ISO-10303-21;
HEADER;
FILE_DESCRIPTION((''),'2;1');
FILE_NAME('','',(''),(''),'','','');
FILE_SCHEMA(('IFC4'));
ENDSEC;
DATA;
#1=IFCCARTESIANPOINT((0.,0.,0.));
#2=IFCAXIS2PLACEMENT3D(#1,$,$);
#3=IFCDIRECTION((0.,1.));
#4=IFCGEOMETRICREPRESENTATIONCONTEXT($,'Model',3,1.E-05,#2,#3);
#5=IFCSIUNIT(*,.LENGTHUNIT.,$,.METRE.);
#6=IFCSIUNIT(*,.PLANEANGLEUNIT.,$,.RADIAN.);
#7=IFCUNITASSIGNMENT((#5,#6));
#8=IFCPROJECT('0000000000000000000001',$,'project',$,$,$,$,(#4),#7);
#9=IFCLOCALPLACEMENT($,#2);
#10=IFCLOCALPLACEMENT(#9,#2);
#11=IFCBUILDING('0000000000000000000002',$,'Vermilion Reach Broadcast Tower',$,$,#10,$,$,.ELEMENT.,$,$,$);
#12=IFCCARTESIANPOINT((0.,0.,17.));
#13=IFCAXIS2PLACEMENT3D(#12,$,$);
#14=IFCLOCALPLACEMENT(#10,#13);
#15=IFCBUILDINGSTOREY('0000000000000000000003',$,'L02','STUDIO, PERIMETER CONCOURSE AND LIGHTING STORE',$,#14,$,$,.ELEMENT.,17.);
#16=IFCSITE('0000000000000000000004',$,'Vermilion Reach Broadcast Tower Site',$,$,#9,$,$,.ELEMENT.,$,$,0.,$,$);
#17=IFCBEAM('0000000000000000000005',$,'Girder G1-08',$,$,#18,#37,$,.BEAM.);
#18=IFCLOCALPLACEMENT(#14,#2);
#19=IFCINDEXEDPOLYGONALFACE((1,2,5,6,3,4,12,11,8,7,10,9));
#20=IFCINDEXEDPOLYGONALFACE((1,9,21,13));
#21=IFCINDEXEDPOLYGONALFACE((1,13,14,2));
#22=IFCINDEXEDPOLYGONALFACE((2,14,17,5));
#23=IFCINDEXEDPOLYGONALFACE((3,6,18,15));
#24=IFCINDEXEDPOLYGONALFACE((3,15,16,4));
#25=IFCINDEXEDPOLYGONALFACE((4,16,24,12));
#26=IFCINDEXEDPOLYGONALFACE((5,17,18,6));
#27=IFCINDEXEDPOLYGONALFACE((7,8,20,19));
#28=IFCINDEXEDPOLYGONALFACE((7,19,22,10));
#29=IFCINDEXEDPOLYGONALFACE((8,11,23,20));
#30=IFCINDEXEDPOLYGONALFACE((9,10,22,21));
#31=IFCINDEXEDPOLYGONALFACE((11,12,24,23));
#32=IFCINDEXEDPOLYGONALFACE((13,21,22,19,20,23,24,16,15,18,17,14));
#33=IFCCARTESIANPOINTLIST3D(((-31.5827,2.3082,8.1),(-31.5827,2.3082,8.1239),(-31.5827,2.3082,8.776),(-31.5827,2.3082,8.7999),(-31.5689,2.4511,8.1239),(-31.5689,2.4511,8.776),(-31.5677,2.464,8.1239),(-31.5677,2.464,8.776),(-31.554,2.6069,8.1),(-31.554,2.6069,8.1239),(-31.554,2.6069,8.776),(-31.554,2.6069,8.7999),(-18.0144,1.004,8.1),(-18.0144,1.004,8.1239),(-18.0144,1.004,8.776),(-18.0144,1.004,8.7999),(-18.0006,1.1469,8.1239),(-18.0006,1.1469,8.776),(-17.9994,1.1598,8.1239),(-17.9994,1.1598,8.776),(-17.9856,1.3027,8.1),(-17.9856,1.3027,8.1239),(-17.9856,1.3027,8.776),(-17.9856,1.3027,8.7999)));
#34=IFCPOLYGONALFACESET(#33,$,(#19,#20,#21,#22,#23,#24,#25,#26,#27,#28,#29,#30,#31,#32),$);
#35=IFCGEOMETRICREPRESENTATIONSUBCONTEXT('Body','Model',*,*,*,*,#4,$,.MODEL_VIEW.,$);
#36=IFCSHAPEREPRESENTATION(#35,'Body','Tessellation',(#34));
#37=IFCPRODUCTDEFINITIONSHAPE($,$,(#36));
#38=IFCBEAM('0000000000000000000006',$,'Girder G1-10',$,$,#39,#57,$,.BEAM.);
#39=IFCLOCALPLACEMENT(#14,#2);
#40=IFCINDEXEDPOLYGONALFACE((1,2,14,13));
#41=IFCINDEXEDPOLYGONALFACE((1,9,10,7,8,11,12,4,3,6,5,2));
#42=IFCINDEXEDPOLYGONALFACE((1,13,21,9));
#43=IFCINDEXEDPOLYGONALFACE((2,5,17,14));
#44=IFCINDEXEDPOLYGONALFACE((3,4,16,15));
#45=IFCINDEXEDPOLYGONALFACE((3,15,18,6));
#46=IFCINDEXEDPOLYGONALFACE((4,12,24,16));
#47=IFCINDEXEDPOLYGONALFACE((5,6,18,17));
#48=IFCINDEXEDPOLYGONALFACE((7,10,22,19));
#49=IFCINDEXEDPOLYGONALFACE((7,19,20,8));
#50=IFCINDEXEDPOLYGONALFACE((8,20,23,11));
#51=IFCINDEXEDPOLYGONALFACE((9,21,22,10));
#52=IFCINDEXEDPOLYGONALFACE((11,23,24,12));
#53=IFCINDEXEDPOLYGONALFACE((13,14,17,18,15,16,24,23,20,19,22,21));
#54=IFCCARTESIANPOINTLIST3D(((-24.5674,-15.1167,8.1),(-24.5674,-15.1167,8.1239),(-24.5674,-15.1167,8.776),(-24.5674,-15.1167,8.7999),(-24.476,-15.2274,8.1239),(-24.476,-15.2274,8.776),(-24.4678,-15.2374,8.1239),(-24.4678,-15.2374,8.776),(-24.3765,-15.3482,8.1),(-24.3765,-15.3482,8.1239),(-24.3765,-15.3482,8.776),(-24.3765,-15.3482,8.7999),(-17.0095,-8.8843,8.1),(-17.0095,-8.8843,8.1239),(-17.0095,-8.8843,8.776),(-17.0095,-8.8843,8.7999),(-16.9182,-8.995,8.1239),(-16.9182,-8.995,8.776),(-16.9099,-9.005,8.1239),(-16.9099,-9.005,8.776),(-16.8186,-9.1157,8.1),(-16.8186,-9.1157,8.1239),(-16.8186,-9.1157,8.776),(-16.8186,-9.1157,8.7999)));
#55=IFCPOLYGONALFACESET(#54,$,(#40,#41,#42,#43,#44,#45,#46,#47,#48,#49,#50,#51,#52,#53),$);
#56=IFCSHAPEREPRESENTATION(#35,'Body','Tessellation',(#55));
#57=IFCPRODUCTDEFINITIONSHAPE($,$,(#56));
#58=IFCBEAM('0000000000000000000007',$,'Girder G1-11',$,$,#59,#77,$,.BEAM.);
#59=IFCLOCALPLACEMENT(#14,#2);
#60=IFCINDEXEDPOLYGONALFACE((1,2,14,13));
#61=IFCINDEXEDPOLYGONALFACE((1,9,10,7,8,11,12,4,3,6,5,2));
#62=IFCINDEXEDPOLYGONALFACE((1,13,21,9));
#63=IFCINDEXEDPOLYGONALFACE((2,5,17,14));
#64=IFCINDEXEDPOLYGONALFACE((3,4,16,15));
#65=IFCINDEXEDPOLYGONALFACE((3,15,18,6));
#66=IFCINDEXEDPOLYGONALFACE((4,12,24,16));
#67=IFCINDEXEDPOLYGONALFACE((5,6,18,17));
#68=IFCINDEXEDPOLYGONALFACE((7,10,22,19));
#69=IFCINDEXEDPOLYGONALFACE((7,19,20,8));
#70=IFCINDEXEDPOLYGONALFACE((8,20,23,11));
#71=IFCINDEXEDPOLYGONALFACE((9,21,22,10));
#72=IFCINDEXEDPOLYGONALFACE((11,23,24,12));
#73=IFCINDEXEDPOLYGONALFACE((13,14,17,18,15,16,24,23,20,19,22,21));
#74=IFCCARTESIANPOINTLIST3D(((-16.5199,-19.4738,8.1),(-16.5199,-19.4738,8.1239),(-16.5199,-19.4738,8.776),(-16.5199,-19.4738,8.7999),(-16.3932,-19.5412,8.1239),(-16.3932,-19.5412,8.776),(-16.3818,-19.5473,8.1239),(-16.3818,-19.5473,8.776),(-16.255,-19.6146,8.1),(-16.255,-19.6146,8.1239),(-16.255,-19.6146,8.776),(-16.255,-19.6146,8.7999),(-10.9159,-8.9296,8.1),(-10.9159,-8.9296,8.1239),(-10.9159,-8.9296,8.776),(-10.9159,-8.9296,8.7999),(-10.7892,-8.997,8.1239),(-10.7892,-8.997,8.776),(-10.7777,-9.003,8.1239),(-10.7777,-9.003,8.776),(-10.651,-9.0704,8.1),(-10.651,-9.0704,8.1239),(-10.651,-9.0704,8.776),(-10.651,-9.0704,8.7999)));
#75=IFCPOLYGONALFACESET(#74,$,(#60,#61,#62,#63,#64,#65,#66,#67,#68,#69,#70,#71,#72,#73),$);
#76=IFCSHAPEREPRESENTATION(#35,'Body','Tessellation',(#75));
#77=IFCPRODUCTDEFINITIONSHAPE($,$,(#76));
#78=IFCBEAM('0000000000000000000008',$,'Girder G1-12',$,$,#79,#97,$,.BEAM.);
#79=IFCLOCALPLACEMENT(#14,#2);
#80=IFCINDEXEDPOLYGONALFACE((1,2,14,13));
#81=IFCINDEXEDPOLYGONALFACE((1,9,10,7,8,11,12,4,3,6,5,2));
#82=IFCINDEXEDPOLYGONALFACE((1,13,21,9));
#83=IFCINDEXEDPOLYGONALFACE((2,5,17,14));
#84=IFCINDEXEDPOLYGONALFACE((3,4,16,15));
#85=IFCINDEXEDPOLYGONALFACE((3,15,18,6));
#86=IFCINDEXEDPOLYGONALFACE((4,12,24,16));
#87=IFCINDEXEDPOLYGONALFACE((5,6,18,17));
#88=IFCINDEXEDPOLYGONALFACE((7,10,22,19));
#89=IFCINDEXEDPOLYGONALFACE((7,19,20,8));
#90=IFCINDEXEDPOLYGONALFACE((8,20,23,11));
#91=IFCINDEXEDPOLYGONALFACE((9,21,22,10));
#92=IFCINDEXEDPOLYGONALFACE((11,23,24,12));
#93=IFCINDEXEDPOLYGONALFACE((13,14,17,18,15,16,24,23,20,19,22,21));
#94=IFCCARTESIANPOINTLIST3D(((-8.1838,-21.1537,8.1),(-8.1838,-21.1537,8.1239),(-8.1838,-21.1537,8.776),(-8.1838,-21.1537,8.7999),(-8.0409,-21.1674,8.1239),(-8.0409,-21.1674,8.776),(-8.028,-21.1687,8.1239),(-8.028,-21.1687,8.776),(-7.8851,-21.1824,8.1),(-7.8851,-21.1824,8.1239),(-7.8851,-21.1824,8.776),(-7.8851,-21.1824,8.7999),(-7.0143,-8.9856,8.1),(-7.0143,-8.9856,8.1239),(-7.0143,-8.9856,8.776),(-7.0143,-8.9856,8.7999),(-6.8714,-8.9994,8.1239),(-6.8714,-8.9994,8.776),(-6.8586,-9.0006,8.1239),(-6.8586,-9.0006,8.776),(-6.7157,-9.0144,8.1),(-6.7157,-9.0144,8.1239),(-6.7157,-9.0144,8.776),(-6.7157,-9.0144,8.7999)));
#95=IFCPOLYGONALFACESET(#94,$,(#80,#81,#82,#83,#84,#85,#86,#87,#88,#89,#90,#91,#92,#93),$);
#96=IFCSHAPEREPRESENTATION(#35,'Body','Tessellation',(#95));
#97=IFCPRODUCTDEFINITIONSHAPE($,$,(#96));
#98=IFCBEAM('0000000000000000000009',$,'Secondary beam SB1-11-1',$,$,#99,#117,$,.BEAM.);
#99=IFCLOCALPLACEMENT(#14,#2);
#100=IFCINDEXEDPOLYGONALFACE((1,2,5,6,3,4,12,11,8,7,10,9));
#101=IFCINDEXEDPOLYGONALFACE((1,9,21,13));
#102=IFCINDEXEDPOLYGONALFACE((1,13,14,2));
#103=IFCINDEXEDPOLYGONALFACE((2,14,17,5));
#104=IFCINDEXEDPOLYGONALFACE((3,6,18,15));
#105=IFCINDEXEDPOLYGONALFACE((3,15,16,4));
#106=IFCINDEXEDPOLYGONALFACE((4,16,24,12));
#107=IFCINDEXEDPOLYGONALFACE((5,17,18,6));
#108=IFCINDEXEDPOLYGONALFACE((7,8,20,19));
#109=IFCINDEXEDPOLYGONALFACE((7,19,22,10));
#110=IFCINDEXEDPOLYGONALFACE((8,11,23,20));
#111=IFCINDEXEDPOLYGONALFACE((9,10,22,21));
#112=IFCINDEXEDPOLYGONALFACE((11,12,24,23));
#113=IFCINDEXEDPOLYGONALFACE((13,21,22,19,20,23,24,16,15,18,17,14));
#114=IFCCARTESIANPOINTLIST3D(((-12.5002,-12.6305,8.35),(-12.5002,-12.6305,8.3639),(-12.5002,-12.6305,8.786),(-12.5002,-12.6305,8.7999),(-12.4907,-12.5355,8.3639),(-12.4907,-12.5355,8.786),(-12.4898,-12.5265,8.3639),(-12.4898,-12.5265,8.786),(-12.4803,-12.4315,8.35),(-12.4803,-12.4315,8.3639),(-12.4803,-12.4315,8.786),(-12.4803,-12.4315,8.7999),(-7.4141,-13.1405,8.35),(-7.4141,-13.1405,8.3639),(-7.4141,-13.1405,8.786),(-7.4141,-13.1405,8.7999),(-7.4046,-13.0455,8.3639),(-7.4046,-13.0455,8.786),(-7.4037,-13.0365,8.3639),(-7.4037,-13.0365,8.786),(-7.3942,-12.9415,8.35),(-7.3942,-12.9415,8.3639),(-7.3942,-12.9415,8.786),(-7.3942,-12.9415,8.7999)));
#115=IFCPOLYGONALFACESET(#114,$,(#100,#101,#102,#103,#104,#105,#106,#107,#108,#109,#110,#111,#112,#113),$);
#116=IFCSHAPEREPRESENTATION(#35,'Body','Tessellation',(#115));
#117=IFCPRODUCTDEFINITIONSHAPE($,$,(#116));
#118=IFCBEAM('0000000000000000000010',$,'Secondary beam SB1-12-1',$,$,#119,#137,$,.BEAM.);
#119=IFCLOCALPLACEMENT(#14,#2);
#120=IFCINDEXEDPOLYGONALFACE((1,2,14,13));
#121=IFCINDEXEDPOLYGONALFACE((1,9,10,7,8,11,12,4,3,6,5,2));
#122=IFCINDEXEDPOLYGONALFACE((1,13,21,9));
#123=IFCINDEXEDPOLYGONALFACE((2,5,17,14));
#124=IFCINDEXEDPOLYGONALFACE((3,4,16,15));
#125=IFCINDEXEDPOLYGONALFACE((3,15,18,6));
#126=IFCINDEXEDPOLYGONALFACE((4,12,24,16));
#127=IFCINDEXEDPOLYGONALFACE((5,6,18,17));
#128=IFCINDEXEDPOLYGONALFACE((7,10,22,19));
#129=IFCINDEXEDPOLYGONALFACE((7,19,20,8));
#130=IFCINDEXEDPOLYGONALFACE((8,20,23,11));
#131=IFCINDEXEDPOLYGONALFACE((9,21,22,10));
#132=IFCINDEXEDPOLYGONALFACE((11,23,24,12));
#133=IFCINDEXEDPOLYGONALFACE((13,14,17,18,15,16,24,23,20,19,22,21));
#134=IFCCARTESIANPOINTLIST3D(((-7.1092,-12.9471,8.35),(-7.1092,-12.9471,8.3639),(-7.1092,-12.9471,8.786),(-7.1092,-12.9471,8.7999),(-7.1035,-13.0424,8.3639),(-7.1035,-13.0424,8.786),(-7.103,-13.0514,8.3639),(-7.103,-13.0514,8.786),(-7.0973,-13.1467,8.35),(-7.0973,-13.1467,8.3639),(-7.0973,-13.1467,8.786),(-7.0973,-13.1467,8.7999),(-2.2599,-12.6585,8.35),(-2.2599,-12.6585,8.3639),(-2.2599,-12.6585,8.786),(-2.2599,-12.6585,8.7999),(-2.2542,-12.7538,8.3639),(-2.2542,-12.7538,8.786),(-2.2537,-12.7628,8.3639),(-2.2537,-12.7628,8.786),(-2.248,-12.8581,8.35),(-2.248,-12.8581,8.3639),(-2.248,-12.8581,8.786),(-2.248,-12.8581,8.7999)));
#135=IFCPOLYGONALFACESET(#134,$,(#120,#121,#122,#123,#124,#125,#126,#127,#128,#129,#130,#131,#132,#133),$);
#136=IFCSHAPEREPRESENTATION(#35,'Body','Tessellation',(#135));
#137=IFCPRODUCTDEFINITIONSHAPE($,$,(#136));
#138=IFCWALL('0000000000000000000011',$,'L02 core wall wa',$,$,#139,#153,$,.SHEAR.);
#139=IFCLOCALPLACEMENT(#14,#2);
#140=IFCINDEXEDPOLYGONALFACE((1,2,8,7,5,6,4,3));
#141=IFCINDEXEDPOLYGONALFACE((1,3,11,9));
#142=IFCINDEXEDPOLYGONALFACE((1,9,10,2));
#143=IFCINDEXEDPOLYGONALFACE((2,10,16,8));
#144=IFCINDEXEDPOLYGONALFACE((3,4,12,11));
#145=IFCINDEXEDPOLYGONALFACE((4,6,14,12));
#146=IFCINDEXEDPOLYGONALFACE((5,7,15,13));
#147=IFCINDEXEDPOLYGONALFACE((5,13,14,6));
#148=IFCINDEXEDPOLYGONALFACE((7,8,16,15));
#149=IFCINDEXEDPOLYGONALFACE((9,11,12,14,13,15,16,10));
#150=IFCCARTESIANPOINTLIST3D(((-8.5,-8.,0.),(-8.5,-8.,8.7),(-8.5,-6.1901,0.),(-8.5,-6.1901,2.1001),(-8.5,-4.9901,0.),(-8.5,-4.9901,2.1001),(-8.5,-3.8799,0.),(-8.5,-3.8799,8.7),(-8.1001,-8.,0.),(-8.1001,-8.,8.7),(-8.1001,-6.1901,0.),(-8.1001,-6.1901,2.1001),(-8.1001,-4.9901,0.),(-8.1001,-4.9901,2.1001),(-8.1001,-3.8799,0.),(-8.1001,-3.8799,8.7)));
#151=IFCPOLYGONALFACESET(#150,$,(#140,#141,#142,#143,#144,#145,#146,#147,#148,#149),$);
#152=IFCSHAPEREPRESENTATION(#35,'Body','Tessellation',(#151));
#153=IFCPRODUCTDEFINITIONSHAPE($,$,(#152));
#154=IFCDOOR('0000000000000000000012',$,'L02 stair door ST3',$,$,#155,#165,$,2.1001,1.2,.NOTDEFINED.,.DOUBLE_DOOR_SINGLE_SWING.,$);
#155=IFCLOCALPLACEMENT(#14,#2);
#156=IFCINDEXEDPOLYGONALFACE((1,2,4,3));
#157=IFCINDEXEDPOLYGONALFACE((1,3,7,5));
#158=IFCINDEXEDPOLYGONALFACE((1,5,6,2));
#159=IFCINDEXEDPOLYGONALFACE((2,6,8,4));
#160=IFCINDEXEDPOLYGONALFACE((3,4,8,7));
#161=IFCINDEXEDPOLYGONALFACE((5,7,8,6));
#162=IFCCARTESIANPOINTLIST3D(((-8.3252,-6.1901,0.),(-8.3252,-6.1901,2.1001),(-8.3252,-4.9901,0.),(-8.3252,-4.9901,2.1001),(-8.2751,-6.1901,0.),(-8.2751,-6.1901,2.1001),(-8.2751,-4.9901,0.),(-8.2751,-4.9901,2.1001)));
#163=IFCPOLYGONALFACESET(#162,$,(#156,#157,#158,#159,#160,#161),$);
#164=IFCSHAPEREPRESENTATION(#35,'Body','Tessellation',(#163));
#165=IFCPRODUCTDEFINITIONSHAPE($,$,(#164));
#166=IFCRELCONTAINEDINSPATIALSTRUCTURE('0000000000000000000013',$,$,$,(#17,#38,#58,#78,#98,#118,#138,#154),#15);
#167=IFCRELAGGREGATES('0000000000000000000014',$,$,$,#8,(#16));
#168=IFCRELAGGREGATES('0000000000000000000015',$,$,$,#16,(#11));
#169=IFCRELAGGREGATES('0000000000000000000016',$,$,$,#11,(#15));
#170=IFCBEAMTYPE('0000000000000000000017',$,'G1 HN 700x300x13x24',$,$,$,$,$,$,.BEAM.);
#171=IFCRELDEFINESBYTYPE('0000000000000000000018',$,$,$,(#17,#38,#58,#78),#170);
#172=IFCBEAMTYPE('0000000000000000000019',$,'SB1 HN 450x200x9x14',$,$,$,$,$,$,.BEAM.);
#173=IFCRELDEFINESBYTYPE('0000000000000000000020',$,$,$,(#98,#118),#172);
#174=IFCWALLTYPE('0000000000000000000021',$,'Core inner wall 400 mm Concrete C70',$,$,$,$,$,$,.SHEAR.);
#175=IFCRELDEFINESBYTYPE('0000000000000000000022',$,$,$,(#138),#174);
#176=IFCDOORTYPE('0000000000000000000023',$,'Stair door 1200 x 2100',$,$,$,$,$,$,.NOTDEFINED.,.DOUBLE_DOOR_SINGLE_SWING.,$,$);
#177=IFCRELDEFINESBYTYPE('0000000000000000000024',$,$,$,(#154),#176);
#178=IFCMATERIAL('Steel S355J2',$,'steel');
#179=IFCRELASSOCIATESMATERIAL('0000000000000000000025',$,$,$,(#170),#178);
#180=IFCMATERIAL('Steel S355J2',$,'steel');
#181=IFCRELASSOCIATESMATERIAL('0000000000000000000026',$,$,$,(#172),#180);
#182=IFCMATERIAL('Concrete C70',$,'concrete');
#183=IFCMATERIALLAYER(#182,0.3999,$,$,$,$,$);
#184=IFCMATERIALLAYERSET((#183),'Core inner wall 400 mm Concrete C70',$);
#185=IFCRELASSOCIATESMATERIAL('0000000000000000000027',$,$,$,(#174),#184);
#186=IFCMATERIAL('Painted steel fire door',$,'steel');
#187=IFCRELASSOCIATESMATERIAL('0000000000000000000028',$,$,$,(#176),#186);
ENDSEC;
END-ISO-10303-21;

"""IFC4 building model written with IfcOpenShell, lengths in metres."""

from ifc_helpers import new_model, si_unit, direction, frame, frame_2d, origin, origin_2d, place, context, subcontext, project, spatial, rectangle, i_section, extrude, material, layer, layer_set, material_profile, profile_set, type_object, element, fill, save


model = new_model("IFC4")

# Units and contexts
model_context = context("Model", 3, precision=1e-05, world=origin(), true_north=direction((0.0, 1.0)))
body_context = subcontext(model_context, "Body", "Model", "MODEL_VIEW")
ifc_project = project(units=[si_unit("LENGTHUNIT", "METRE"), si_unit("PLANEANGLEUNIT", "RADIAN")], contexts=[model_context])

# Site, building, storey
site_placement = place(None, origin())
site = spatial("IfcSite", under=ifc_project, at=site_placement, Name="Vermilion Reach Broadcast Tower Site", CompositionType="ELEMENT", RefElevation=0.0)
building_placement = place(site_placement, origin())
building = spatial("IfcBuilding", under=site, at=building_placement, Name="Vermilion Reach Broadcast Tower", CompositionType="ELEMENT")
storey_placement = place(building_placement, frame((0.0, 0.0, 17.0)))
storey = spatial("IfcBuildingStorey", under=building, at=storey_placement, Name="L02", Description="STUDIO, PERIMETER CONCOURSE AND LIGHTING STORE", CompositionType="ELEMENT", Elevation=17.0)

# Beams
ifc_material_1 = material(Name="Steel S355J2", Category="steel")
ifc_material_profile_1 = material_profile(ifc_material_1, i_section(OverallWidth=0.3, OverallDepth=0.7, WebThickness=0.0129, FlangeThickness=0.0239, at=origin_2d()), Name="S355J2 HN 700x300x13x24")
ifc_profile_set_1 = profile_set([ifc_material_profile_1], Name="Steel S355J2")
beam_type_1 = type_object("IfcBeamType", Name="G1 HN 700x300x13x24", PredefinedType="BEAM", material=ifc_profile_set_1)
beam_1_placement = place(storey_placement, frame((-18.0, 1.1533, 8.45), z_axis=(-0.995412, 0.09568, 0.0), x_axis=(-0.09568, -0.995412, 0.0)))
element("IfcBeam", 1, at=beam_1_placement, inside=storey, type_object=beam_type_1, Name="Girder G1-08", PredefinedType="BEAM", context=body_context, shape_type="SweptSolid", body=[
    extrude(i_section(OverallWidth=0.3, OverallDepth=0.7, WebThickness=0.0129, FlangeThickness=0.0239, at=origin_2d()), origin(), (0.0, 0.0, 1.0), 13.6309),
])
beam_2_placement = place(storey_placement, frame((-16.9141, -9.0, 8.45), z_axis=(-0.771514, -0.636212, 0.0), x_axis=(0.636212, -0.771514, 0.0)))
element("IfcBeam", 2, at=beam_2_placement, inside=storey, type_object=beam_type_1, Name="Girder G1-10", PredefinedType="BEAM", context=body_context, shape_type="SweptSolid", body=[
    extrude(i_section(OverallWidth=0.3, OverallDepth=0.7, WebThickness=0.0129, FlangeThickness=0.0239, at=origin_2d()), origin(), (0.0, 0.0, 1.0), 9.7961),
])
beam_3_placement = place(storey_placement, frame((-10.7834, -9.0, 8.45), z_axis=(-0.469312, -0.883032, 0.0), x_axis=(0.883032, -0.469312, 0.0)))
element("IfcBeam", 3, at=beam_3_placement, inside=storey, type_object=beam_type_1, Name="Girder G1-11", PredefinedType="BEAM", context=body_context, shape_type="SweptSolid", body=[
    extrude(i_section(OverallWidth=0.3, OverallDepth=0.7, WebThickness=0.0129, FlangeThickness=0.0239, at=origin_2d()), origin(), (0.0, 0.0, 1.0), 11.9409),
])
beam_4_placement = place(storey_placement, frame((-6.865, -9.0, 8.45), z_axis=(-0.095667, -0.995413, 0.0), x_axis=(0.995413, -0.095667, 0.0)))
element("IfcBeam", 4, at=beam_4_placement, inside=storey, type_object=beam_type_1, Name="Girder G1-12", PredefinedType="BEAM", context=body_context, shape_type="SweptSolid", body=[
    extrude(i_section(OverallWidth=0.3, OverallDepth=0.7, WebThickness=0.0129, FlangeThickness=0.0239, at=origin_2d()), origin(), (0.0, 0.0, 1.0), 12.2241),
])
ifc_material_2 = material(Name="Steel S355J2", Category="steel")
ifc_material_profile_2 = material_profile(ifc_material_2, i_section(OverallWidth=0.2, OverallDepth=0.45, WebThickness=0.009, FlangeThickness=0.0139, at=origin_2d()), Name="S355J2 HN 450x200x9x14")
ifc_profile_set_2 = profile_set([ifc_material_profile_2], Name="Steel S355J2")
beam_type_2 = type_object("IfcBeamType", Name="SB1 HN 450x200x9x14", PredefinedType="BEAM", material=ifc_profile_set_2)
beam_5_placement = place(storey_placement, frame((-12.4902, -12.531, 8.575), z_axis=(0.99501, -0.099773, 0.0), x_axis=(0.099773, 0.99501, 0.0)))
element("IfcBeam", 5, at=beam_5_placement, inside=storey, type_object=beam_type_2, Name="Secondary beam SB1-11-1", PredefinedType="BEAM", context=body_context, shape_type="SweptSolid", body=[
    extrude(i_section(OverallWidth=0.2, OverallDepth=0.45, WebThickness=0.009, FlangeThickness=0.0139, at=origin_2d()), origin(), (0.0, 0.0, 1.0), 5.1116),
])
beam_6_placement = place(storey_placement, frame((-7.1033, -13.0469, 8.575), z_axis=(0.998234, 0.059403, 0.0), x_axis=(-0.059403, 0.998234, 0.0)))
element("IfcBeam", 6, at=beam_6_placement, inside=storey, type_object=beam_type_2, Name="Secondary beam SB1-12-1", PredefinedType="BEAM", context=body_context, shape_type="SweptSolid", body=[
    extrude(i_section(OverallWidth=0.2, OverallDepth=0.45, WebThickness=0.009, FlangeThickness=0.0139, at=origin_2d()), origin(), (0.0, 0.0, 1.0), 4.8579),
])

# Wall, opening, door
ifc_material_3 = material(Name="Concrete C70", Category="concrete")
ifc_layer_1 = layer(ifc_material_3, 0.3999)
ifc_layer_set_1 = layer_set([ifc_layer_1], Name="Core inner wall 400 mm Concrete C70")
wall_type_1 = type_object("IfcWallType", Name="Core inner wall 400 mm Concrete C70", PredefinedType="SHEAR", material=ifc_layer_set_1)
wall_1_placement = place(storey_placement, frame((-8.3, -3.8799, 0.0), z_axis=(0.0, 0.0, 1.0), x_axis=(0.0, -1.0, 0.0)))
wall_1 = element("IfcWall", 7, at=wall_1_placement, inside=storey, type_object=wall_type_1, Name="L02 core wall wa", PredefinedType="SHEAR", context=body_context, shape_type="SweptSolid", body=[
    extrude(rectangle(XDim=4.1201, YDim=0.3999, at=frame_2d((2.0601, 0.0))), origin(), (0.0, 0.0, 1.0), 8.7),
])
opening_1_placement = place(wall_1_placement, frame((1.1101, 0.0, 0.0)))
opening_1 = element("IfcOpeningElement", 8, at=opening_1_placement, cuts=wall_1, PredefinedType="OPENING", context=body_context, shape_type="SweptSolid", body=[
    extrude(rectangle(XDim=1.2, YDim=2.1001, at=frame_2d((0.6001, 1.05))), frame((0.0, 0.21, 0.0), z_axis=(0.0, -1.0, 0.0), x_axis=(1.0, 0.0, 0.0)), (0.0, 0.0, 1.0), 0.4199),
])
ifc_material_4 = material(Name="Painted steel fire door", Category="steel")
door_type_1 = type_object("IfcDoorType", Name="Stair door 1200 x 2100", OperationType="DOUBLE_DOOR_SINGLE_SWING", PredefinedType="NOTDEFINED", material=ifc_material_4)
door_1_placement = place(opening_1_placement, origin())
door_1 = element("IfcDoor", 9, at=door_1_placement, inside=storey, type_object=door_type_1, Name="L02 stair door ST3", OperationType="DOUBLE_DOOR_SINGLE_SWING", OverallHeight=2.1001, OverallWidth=1.2, PredefinedType="NOTDEFINED", context=body_context, shape_type="SweptSolid", body=[
    extrude(rectangle(XDim=1.2, YDim=2.1001, at=frame_2d((0.6001, 1.05))), frame((0.0, 0.0249, 0.0), z_axis=(0.0, -1.0, 0.0), x_axis=(1.0, 0.0, 0.0)), (0.0, 0.0, 1.0), 0.05),
])
fill(opening_1, door_1)

save(model, "model.ifc")
